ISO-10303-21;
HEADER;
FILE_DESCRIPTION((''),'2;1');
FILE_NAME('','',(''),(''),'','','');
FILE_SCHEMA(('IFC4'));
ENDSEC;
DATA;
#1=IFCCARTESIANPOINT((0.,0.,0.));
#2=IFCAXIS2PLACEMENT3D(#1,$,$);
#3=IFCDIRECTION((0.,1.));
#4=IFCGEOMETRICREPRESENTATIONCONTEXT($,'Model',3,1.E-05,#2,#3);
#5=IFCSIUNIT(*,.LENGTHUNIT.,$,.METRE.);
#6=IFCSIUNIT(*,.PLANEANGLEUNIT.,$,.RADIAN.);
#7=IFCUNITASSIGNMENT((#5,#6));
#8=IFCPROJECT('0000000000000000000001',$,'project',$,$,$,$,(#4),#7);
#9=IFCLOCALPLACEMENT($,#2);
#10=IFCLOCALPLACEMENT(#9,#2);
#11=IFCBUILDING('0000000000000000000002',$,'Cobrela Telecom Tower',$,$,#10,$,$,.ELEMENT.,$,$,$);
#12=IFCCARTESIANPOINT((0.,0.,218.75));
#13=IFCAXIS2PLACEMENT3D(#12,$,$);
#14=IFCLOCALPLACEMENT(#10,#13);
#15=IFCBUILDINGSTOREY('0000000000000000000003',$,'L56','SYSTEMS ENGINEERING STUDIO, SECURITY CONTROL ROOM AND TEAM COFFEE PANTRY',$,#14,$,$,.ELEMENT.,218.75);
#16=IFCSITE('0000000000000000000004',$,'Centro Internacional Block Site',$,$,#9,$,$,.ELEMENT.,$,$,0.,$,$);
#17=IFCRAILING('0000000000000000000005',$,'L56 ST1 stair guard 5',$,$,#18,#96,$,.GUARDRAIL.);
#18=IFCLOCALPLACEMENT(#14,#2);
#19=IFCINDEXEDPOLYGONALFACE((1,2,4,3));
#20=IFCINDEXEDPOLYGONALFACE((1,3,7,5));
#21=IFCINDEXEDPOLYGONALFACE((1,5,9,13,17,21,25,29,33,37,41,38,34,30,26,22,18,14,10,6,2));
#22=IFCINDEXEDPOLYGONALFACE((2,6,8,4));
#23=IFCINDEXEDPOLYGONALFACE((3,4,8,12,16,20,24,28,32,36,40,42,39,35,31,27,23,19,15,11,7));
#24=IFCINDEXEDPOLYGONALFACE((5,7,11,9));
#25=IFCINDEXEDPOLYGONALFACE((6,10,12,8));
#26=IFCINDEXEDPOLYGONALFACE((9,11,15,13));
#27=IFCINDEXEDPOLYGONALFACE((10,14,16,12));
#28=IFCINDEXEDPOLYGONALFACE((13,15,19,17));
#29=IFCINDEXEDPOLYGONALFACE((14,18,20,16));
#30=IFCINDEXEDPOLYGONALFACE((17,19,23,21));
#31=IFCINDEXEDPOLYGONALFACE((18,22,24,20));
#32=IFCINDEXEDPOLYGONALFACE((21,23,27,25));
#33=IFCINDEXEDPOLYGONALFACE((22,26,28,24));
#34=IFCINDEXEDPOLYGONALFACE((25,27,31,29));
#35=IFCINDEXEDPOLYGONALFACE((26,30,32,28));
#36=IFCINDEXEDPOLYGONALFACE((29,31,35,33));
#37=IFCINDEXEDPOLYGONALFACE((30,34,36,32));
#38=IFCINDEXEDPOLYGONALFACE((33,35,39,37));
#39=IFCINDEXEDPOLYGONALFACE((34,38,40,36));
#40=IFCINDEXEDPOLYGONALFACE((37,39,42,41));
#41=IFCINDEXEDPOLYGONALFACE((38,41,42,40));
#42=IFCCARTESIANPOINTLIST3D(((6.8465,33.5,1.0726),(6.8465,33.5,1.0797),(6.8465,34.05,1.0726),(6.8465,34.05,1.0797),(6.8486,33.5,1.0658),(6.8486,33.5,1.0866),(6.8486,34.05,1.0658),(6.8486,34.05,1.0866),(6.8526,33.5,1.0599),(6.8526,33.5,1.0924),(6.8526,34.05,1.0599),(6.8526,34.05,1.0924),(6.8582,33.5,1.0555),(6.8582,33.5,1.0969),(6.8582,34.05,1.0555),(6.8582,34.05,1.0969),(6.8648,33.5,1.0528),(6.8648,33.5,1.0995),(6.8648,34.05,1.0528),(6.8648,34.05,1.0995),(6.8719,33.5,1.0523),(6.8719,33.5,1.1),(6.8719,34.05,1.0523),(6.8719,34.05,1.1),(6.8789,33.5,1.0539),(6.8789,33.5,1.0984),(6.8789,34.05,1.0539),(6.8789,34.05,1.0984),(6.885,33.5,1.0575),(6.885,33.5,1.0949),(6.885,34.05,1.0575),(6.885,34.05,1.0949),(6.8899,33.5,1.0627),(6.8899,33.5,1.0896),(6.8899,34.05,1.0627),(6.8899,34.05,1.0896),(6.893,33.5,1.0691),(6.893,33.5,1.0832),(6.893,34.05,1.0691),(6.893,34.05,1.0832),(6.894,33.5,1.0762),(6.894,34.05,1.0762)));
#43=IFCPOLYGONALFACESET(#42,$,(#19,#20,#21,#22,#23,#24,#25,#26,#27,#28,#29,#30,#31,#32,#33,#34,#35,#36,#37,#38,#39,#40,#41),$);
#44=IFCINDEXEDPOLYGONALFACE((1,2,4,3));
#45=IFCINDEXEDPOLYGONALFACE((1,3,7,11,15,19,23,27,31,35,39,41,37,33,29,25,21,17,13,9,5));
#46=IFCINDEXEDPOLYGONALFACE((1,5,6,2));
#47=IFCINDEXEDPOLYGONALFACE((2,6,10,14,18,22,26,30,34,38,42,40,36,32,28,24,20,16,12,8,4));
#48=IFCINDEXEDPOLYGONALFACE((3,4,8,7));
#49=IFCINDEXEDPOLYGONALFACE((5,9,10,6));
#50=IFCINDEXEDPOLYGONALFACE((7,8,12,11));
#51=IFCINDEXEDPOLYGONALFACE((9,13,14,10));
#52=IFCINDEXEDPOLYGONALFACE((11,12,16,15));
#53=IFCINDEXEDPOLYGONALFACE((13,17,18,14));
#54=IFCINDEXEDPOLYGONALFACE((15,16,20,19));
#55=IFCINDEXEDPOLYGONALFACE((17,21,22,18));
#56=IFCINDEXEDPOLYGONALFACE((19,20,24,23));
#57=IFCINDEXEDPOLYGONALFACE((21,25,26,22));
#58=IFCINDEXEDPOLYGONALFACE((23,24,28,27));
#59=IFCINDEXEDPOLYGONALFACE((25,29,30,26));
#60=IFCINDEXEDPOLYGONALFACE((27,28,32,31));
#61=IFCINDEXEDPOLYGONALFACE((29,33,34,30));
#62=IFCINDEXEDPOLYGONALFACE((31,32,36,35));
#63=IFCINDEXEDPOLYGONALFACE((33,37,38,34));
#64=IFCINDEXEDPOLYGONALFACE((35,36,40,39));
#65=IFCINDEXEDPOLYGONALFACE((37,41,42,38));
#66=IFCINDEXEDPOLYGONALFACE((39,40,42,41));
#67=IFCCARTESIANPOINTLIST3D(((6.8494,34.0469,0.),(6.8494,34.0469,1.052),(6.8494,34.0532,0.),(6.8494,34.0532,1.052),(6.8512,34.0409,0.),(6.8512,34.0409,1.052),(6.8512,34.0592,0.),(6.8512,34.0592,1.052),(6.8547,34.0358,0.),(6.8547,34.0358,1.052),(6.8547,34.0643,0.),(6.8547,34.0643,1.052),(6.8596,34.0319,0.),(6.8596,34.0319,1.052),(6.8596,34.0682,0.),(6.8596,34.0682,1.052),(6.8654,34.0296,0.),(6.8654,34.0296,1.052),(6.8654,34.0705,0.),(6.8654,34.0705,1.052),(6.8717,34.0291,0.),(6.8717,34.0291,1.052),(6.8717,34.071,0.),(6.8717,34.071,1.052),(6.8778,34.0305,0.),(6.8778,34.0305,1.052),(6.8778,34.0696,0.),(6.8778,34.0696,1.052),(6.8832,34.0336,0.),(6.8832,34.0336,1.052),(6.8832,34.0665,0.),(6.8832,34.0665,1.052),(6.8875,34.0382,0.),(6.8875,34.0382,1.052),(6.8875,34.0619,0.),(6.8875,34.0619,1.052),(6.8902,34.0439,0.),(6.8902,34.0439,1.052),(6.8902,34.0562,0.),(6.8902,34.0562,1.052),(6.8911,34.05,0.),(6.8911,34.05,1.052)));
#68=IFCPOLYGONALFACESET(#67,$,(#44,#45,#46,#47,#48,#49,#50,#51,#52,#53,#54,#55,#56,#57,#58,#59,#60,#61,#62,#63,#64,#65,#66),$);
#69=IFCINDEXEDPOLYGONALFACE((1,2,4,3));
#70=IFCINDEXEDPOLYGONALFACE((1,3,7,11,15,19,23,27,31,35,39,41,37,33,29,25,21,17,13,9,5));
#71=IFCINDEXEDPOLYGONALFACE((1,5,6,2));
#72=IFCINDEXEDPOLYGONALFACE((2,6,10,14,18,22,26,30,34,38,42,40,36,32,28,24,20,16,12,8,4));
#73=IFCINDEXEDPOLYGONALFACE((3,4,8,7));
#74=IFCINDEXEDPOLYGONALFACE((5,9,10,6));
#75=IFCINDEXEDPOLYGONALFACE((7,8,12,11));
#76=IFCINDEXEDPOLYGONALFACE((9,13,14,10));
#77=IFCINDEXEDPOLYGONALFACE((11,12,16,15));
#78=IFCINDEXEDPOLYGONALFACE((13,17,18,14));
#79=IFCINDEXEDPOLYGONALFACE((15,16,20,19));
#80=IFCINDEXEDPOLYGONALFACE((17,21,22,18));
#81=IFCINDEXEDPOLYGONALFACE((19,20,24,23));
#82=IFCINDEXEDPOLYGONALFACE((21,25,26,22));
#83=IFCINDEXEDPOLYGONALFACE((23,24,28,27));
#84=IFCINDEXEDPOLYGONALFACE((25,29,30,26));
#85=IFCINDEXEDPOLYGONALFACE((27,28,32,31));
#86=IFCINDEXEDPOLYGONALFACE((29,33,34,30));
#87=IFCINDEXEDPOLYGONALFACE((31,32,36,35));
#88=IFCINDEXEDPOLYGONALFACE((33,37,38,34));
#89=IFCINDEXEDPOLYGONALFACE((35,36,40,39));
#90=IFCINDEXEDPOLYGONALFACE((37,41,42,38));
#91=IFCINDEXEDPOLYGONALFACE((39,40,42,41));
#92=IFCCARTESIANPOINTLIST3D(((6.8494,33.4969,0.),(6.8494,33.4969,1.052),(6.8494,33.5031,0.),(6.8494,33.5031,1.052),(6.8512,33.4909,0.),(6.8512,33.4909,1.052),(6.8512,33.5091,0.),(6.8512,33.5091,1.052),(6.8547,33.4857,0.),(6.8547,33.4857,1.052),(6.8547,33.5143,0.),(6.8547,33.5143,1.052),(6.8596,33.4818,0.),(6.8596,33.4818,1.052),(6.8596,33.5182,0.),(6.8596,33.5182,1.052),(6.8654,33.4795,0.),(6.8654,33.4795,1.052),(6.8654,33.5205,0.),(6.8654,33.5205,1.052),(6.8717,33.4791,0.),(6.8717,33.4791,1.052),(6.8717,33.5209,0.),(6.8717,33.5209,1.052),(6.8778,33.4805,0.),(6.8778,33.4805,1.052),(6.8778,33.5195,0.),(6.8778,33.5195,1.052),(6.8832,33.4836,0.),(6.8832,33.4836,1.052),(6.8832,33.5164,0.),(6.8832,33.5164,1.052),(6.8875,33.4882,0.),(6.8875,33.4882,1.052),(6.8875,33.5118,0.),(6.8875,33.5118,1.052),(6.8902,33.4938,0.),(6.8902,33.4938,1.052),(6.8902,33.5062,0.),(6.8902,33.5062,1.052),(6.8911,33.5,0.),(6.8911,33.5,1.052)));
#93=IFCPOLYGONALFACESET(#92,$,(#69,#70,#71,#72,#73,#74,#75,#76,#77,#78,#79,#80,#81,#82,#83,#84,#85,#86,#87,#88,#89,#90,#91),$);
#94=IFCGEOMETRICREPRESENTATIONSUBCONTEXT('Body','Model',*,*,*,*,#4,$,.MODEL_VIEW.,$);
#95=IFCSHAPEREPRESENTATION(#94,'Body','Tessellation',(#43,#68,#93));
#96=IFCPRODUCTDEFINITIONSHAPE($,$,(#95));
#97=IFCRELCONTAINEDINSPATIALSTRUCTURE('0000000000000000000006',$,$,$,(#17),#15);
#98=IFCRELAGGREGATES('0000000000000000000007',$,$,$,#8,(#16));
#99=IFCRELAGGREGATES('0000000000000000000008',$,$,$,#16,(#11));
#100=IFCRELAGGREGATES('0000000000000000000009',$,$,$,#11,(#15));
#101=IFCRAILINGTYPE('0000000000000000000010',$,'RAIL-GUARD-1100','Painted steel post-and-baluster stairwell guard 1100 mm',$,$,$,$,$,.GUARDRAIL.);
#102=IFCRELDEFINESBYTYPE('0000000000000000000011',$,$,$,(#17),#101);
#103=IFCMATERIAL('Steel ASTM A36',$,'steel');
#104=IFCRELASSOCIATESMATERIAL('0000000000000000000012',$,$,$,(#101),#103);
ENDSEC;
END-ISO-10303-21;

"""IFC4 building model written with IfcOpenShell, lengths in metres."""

from ifc_helpers import new_model, si_unit, direction, frame, origin, origin_2d, place, context, subcontext, project, spatial, circle, extrude, material, type_object, element, save


model = new_model("IFC4")

# Units and contexts
model_context = context("Model", 3, precision=1e-05, world=origin(), true_north=direction((0.0, 1.0)))
body_context = subcontext(model_context, "Body", "Model", "MODEL_VIEW")
ifc_project = project(units=[si_unit("LENGTHUNIT", "METRE"), si_unit("PLANEANGLEUNIT", "RADIAN")], contexts=[model_context])

# Site, building, storey
site_placement = place(None, origin())
site = spatial("IfcSite", under=ifc_project, at=site_placement, Name="Centro Internacional Block Site", CompositionType="ELEMENT", RefElevation=0.0)
building_placement = place(site_placement, origin())
building = spatial("IfcBuilding", under=site, at=building_placement, Name="Cobrela Telecom Tower", CompositionType="ELEMENT")
storey_placement = place(building_placement, frame((0.0, 0.0, 218.75)))
storey = spatial("IfcBuildingStorey", under=building, at=storey_placement, Name="L56", Description="SYSTEMS ENGINEERING STUDIO, SECURITY CONTROL ROOM AND TEAM COFFEE PANTRY", CompositionType="ELEMENT", Elevation=218.75)

# Shared definitions
ifc_material_1 = material(Name="Steel ASTM A36", Category="steel")

# Railing
railing_type_1 = type_object("IfcRailingType", Name="RAIL-GUARD-1100", Description="Painted steel post-and-baluster stairwell guard 1100 mm", PredefinedType="GUARDRAIL", material=ifc_material_1)
railing_1_placement = place(storey_placement, frame((6.8701, 34.05, 0.0)))
element("IfcRailing", 1, at=railing_1_placement, inside=storey, type_object=railing_type_1, Name="L56 ST1 stair guard 5", PredefinedType="GUARDRAIL", context=body_context, shape_type="SweptSolid", body=[
    extrude(circle(Radius=0.0239, at=origin_2d()), frame((0.0, 0.0, 1.0762), z_axis=(0.0, -1.0, 0.0), x_axis=(1.0, 0.0, 0.0)), (0.0, 0.0, 1.0), 0.55),
    extrude(circle(Radius=0.021, at=origin_2d()), origin(), (0.0, 0.0, 1.0), 1.052),
    extrude(circle(Radius=0.021, at=origin_2d()), frame((0.0, -0.55, 0.0)), (0.0, 0.0, 1.0), 1.052),
])

save(model, "model.ifc")
